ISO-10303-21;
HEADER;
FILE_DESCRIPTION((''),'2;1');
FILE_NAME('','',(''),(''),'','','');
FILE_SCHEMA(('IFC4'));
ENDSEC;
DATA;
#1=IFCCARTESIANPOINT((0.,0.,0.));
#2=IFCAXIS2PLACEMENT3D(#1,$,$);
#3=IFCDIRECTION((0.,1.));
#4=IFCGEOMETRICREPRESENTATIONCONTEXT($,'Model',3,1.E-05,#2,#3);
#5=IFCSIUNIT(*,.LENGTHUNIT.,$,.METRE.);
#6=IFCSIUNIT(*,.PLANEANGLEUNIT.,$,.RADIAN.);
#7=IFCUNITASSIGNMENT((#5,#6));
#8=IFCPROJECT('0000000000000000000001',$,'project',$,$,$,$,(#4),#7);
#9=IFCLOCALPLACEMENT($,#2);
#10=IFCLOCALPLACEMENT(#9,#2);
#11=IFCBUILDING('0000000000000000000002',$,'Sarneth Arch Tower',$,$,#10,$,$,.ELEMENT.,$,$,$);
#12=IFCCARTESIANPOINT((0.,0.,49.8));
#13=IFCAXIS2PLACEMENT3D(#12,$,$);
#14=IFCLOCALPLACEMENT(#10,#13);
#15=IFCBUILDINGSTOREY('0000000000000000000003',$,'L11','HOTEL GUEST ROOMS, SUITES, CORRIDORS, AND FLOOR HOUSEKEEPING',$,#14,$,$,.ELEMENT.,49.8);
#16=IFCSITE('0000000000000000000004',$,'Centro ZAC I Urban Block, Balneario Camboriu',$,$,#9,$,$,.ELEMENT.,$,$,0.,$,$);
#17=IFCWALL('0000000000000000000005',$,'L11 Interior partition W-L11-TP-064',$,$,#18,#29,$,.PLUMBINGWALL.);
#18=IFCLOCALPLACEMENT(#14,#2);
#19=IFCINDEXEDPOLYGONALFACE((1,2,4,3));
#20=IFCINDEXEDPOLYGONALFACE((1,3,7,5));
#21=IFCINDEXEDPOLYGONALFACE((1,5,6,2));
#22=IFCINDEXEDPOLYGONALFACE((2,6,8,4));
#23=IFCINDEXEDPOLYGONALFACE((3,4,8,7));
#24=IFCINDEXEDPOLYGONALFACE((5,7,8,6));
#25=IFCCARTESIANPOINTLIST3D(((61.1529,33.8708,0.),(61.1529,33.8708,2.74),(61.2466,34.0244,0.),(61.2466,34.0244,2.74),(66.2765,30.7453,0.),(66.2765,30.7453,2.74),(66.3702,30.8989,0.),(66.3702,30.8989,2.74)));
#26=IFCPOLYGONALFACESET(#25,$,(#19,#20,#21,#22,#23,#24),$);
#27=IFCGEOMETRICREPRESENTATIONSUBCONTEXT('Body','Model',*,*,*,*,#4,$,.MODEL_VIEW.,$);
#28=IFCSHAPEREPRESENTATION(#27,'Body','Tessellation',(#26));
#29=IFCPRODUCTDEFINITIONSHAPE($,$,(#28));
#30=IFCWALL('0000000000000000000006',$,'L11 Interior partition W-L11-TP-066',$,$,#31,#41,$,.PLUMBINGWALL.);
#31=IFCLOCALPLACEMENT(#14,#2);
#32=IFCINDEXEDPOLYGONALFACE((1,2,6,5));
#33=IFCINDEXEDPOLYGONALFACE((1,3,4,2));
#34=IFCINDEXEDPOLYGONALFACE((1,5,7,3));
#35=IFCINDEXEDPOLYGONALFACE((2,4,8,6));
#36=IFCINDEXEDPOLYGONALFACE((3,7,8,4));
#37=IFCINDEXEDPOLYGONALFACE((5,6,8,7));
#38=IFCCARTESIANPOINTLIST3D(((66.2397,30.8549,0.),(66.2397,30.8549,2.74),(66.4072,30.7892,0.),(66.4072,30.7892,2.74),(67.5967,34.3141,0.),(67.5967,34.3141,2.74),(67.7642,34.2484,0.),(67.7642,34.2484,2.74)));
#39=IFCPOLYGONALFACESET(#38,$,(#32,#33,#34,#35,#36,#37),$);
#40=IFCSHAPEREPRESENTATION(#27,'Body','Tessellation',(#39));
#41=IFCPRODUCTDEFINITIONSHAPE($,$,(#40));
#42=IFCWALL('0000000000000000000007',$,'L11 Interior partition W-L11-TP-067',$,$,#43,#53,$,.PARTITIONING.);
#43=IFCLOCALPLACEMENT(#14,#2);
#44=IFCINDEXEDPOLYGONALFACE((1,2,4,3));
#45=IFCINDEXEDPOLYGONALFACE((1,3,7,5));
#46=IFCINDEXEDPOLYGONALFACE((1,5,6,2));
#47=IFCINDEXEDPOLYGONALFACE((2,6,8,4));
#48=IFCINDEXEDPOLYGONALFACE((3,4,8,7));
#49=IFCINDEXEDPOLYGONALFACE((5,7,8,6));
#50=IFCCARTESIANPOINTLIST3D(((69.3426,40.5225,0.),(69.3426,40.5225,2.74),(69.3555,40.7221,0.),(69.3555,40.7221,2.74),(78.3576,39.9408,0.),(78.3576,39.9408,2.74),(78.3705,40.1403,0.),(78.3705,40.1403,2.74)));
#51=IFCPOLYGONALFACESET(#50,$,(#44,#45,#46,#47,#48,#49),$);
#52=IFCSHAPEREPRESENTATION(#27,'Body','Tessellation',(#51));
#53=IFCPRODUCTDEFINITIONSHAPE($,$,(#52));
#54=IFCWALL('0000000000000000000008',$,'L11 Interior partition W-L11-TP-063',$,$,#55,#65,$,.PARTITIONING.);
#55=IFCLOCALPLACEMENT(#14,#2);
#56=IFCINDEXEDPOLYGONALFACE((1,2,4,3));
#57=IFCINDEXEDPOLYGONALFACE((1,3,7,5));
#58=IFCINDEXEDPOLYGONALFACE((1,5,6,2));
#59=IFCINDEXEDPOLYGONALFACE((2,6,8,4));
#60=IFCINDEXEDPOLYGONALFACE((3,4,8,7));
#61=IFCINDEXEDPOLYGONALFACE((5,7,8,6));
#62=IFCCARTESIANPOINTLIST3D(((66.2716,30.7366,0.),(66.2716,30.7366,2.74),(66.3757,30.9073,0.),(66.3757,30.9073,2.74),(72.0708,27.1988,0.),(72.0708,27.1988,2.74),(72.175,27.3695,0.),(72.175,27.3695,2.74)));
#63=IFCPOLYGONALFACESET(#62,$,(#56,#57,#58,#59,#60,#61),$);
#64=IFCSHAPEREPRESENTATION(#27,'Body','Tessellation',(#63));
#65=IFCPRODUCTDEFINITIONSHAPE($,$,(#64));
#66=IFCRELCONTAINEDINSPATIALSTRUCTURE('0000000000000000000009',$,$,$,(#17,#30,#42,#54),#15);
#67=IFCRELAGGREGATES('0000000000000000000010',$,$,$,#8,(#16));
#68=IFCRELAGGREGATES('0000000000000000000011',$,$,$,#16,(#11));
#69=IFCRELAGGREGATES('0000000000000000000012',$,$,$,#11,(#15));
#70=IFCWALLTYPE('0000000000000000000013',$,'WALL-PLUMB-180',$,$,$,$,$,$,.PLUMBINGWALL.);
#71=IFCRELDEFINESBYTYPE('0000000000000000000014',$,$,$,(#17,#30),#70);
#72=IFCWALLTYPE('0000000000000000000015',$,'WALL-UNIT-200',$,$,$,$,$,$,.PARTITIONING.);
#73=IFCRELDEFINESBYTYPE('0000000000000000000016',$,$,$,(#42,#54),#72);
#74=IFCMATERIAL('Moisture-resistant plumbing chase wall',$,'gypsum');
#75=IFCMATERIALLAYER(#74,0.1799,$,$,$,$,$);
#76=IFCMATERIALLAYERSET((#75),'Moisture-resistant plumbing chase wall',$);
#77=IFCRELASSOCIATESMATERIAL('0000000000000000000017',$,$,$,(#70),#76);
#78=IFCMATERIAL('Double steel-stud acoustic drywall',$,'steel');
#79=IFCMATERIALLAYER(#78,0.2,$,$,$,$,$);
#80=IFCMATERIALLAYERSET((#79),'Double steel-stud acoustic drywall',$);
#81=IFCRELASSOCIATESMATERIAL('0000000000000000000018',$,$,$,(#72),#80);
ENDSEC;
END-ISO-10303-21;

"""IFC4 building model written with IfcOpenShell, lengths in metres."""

from ifc_helpers import new_model, si_unit, direction, frame, frame_2d, origin, place, context, subcontext, project, spatial, rectangle, extrude, material, layer, layer_set, type_object, element, save


model = new_model("IFC4")

# Units and contexts
model_context = context("Model", 3, precision=1e-05, world=origin(), true_north=direction((0.0, 1.0)))
body_context = subcontext(model_context, "Body", "Model", "MODEL_VIEW")
ifc_project = project(units=[si_unit("LENGTHUNIT", "METRE"), si_unit("PLANEANGLEUNIT", "RADIAN")], contexts=[model_context])

# Site, building, storey
site_placement = place(None, origin())
site = spatial("IfcSite", under=ifc_project, at=site_placement, Name="Centro ZAC I Urban Block, Balneario Camboriu", CompositionType="ELEMENT", RefElevation=0.0)
building_placement = place(site_placement, origin())
building = spatial("IfcBuilding", under=site, at=building_placement, Name="Sarneth Arch Tower", CompositionType="ELEMENT")
storey_placement = place(building_placement, frame((0.0, 0.0, 49.8)))
storey = spatial("IfcBuildingStorey", under=building, at=storey_placement, Name="L11", Description="HOTEL GUEST ROOMS, SUITES, CORRIDORS, AND FLOOR HOUSEKEEPING", CompositionType="ELEMENT", Elevation=49.8)

# Shared definitions
ifc_material_1 = material(Name="Moisture-resistant plumbing chase wall", Category="gypsum")
ifc_layer_1 = layer(ifc_material_1, 0.1799)
ifc_layer_set_1 = layer_set([ifc_layer_1], Name="Moisture-resistant plumbing chase wall")
wall_type_1 = type_object("IfcWallType", Name="WALL-PLUMB-180", PredefinedType="PLUMBINGWALL", material=ifc_layer_set_1)

# Walls
wall_1_placement = place(storey_placement, frame((66.3235, 30.822, 0.0), z_axis=(0.0, 0.0, 1.0), x_axis=(-0.853694, 0.520775, 0.0)))
element("IfcWall", 1, at=wall_1_placement, inside=storey, type_object=wall_type_1, Name="L11 Interior partition W-L11-TP-064", PredefinedType="PLUMBINGWALL", context=body_context, shape_type="SweptSolid", body=[
    extrude(rectangle(XDim=6.0017, YDim=0.1799, at=frame_2d((3.001, 0.0))), origin(), (0.0, 0.0, 1.0), 2.74),
])
wall_2_placement = place(storey_placement, frame((67.6804, 34.2812, 0.0), z_axis=(0.0, 0.0, 1.0), x_axis=(-0.365175, -0.930939, 0.0)))
element("IfcWall", 2, at=wall_2_placement, inside=storey, type_object=wall_type_1, Name="L11 Interior partition W-L11-TP-066", PredefinedType="PLUMBINGWALL", context=body_context, shape_type="SweptSolid", body=[
    extrude(rectangle(XDim=3.7158, YDim=0.1799, at=frame_2d((1.8579, 0.0))), origin(), (0.0, 0.0, 1.0), 2.74),
])
ifc_material_2 = material(Name="Double steel-stud acoustic drywall", Category="steel")
ifc_layer_2 = layer(ifc_material_2, 0.2)
ifc_layer_set_2 = layer_set([ifc_layer_2], Name="Double steel-stud acoustic drywall")
wall_type_2 = type_object("IfcWallType", Name="WALL-UNIT-200", PredefinedType="PARTITIONING", material=ifc_layer_set_2)
wall_3_placement = place(storey_placement, frame((78.364, 40.0405, 0.0), z_axis=(0.0, 0.0, 1.0), x_axis=(-0.997924, 0.064402, 0.0)))
element("IfcWall", 3, at=wall_3_placement, inside=storey, type_object=wall_type_2, Name="L11 Interior partition W-L11-TP-067", PredefinedType="PARTITIONING", context=body_context, shape_type="SweptSolid", body=[
    extrude(rectangle(XDim=9.0337, YDim=0.2, at=frame_2d((4.5168, 0.0))), origin(), (0.0, 0.0, 1.0), 2.74),
])
wall_4_placement = place(storey_placement, frame((72.1228, 27.2842, 0.0), z_axis=(0.0, 0.0, 1.0), x_axis=(-0.853687, 0.520787, 0.0)))
element("IfcWall", 4, at=wall_4_placement, inside=storey, type_object=wall_type_2, Name="L11 Interior partition W-L11-TP-063", PredefinedType="PARTITIONING", context=body_context, shape_type="SweptSolid", body=[
    extrude(rectangle(XDim=6.7932, YDim=0.2, at=frame_2d((3.3965, 0.0))), origin(), (0.0, 0.0, 1.0), 2.74),
])

save(model, "model.ifc")
